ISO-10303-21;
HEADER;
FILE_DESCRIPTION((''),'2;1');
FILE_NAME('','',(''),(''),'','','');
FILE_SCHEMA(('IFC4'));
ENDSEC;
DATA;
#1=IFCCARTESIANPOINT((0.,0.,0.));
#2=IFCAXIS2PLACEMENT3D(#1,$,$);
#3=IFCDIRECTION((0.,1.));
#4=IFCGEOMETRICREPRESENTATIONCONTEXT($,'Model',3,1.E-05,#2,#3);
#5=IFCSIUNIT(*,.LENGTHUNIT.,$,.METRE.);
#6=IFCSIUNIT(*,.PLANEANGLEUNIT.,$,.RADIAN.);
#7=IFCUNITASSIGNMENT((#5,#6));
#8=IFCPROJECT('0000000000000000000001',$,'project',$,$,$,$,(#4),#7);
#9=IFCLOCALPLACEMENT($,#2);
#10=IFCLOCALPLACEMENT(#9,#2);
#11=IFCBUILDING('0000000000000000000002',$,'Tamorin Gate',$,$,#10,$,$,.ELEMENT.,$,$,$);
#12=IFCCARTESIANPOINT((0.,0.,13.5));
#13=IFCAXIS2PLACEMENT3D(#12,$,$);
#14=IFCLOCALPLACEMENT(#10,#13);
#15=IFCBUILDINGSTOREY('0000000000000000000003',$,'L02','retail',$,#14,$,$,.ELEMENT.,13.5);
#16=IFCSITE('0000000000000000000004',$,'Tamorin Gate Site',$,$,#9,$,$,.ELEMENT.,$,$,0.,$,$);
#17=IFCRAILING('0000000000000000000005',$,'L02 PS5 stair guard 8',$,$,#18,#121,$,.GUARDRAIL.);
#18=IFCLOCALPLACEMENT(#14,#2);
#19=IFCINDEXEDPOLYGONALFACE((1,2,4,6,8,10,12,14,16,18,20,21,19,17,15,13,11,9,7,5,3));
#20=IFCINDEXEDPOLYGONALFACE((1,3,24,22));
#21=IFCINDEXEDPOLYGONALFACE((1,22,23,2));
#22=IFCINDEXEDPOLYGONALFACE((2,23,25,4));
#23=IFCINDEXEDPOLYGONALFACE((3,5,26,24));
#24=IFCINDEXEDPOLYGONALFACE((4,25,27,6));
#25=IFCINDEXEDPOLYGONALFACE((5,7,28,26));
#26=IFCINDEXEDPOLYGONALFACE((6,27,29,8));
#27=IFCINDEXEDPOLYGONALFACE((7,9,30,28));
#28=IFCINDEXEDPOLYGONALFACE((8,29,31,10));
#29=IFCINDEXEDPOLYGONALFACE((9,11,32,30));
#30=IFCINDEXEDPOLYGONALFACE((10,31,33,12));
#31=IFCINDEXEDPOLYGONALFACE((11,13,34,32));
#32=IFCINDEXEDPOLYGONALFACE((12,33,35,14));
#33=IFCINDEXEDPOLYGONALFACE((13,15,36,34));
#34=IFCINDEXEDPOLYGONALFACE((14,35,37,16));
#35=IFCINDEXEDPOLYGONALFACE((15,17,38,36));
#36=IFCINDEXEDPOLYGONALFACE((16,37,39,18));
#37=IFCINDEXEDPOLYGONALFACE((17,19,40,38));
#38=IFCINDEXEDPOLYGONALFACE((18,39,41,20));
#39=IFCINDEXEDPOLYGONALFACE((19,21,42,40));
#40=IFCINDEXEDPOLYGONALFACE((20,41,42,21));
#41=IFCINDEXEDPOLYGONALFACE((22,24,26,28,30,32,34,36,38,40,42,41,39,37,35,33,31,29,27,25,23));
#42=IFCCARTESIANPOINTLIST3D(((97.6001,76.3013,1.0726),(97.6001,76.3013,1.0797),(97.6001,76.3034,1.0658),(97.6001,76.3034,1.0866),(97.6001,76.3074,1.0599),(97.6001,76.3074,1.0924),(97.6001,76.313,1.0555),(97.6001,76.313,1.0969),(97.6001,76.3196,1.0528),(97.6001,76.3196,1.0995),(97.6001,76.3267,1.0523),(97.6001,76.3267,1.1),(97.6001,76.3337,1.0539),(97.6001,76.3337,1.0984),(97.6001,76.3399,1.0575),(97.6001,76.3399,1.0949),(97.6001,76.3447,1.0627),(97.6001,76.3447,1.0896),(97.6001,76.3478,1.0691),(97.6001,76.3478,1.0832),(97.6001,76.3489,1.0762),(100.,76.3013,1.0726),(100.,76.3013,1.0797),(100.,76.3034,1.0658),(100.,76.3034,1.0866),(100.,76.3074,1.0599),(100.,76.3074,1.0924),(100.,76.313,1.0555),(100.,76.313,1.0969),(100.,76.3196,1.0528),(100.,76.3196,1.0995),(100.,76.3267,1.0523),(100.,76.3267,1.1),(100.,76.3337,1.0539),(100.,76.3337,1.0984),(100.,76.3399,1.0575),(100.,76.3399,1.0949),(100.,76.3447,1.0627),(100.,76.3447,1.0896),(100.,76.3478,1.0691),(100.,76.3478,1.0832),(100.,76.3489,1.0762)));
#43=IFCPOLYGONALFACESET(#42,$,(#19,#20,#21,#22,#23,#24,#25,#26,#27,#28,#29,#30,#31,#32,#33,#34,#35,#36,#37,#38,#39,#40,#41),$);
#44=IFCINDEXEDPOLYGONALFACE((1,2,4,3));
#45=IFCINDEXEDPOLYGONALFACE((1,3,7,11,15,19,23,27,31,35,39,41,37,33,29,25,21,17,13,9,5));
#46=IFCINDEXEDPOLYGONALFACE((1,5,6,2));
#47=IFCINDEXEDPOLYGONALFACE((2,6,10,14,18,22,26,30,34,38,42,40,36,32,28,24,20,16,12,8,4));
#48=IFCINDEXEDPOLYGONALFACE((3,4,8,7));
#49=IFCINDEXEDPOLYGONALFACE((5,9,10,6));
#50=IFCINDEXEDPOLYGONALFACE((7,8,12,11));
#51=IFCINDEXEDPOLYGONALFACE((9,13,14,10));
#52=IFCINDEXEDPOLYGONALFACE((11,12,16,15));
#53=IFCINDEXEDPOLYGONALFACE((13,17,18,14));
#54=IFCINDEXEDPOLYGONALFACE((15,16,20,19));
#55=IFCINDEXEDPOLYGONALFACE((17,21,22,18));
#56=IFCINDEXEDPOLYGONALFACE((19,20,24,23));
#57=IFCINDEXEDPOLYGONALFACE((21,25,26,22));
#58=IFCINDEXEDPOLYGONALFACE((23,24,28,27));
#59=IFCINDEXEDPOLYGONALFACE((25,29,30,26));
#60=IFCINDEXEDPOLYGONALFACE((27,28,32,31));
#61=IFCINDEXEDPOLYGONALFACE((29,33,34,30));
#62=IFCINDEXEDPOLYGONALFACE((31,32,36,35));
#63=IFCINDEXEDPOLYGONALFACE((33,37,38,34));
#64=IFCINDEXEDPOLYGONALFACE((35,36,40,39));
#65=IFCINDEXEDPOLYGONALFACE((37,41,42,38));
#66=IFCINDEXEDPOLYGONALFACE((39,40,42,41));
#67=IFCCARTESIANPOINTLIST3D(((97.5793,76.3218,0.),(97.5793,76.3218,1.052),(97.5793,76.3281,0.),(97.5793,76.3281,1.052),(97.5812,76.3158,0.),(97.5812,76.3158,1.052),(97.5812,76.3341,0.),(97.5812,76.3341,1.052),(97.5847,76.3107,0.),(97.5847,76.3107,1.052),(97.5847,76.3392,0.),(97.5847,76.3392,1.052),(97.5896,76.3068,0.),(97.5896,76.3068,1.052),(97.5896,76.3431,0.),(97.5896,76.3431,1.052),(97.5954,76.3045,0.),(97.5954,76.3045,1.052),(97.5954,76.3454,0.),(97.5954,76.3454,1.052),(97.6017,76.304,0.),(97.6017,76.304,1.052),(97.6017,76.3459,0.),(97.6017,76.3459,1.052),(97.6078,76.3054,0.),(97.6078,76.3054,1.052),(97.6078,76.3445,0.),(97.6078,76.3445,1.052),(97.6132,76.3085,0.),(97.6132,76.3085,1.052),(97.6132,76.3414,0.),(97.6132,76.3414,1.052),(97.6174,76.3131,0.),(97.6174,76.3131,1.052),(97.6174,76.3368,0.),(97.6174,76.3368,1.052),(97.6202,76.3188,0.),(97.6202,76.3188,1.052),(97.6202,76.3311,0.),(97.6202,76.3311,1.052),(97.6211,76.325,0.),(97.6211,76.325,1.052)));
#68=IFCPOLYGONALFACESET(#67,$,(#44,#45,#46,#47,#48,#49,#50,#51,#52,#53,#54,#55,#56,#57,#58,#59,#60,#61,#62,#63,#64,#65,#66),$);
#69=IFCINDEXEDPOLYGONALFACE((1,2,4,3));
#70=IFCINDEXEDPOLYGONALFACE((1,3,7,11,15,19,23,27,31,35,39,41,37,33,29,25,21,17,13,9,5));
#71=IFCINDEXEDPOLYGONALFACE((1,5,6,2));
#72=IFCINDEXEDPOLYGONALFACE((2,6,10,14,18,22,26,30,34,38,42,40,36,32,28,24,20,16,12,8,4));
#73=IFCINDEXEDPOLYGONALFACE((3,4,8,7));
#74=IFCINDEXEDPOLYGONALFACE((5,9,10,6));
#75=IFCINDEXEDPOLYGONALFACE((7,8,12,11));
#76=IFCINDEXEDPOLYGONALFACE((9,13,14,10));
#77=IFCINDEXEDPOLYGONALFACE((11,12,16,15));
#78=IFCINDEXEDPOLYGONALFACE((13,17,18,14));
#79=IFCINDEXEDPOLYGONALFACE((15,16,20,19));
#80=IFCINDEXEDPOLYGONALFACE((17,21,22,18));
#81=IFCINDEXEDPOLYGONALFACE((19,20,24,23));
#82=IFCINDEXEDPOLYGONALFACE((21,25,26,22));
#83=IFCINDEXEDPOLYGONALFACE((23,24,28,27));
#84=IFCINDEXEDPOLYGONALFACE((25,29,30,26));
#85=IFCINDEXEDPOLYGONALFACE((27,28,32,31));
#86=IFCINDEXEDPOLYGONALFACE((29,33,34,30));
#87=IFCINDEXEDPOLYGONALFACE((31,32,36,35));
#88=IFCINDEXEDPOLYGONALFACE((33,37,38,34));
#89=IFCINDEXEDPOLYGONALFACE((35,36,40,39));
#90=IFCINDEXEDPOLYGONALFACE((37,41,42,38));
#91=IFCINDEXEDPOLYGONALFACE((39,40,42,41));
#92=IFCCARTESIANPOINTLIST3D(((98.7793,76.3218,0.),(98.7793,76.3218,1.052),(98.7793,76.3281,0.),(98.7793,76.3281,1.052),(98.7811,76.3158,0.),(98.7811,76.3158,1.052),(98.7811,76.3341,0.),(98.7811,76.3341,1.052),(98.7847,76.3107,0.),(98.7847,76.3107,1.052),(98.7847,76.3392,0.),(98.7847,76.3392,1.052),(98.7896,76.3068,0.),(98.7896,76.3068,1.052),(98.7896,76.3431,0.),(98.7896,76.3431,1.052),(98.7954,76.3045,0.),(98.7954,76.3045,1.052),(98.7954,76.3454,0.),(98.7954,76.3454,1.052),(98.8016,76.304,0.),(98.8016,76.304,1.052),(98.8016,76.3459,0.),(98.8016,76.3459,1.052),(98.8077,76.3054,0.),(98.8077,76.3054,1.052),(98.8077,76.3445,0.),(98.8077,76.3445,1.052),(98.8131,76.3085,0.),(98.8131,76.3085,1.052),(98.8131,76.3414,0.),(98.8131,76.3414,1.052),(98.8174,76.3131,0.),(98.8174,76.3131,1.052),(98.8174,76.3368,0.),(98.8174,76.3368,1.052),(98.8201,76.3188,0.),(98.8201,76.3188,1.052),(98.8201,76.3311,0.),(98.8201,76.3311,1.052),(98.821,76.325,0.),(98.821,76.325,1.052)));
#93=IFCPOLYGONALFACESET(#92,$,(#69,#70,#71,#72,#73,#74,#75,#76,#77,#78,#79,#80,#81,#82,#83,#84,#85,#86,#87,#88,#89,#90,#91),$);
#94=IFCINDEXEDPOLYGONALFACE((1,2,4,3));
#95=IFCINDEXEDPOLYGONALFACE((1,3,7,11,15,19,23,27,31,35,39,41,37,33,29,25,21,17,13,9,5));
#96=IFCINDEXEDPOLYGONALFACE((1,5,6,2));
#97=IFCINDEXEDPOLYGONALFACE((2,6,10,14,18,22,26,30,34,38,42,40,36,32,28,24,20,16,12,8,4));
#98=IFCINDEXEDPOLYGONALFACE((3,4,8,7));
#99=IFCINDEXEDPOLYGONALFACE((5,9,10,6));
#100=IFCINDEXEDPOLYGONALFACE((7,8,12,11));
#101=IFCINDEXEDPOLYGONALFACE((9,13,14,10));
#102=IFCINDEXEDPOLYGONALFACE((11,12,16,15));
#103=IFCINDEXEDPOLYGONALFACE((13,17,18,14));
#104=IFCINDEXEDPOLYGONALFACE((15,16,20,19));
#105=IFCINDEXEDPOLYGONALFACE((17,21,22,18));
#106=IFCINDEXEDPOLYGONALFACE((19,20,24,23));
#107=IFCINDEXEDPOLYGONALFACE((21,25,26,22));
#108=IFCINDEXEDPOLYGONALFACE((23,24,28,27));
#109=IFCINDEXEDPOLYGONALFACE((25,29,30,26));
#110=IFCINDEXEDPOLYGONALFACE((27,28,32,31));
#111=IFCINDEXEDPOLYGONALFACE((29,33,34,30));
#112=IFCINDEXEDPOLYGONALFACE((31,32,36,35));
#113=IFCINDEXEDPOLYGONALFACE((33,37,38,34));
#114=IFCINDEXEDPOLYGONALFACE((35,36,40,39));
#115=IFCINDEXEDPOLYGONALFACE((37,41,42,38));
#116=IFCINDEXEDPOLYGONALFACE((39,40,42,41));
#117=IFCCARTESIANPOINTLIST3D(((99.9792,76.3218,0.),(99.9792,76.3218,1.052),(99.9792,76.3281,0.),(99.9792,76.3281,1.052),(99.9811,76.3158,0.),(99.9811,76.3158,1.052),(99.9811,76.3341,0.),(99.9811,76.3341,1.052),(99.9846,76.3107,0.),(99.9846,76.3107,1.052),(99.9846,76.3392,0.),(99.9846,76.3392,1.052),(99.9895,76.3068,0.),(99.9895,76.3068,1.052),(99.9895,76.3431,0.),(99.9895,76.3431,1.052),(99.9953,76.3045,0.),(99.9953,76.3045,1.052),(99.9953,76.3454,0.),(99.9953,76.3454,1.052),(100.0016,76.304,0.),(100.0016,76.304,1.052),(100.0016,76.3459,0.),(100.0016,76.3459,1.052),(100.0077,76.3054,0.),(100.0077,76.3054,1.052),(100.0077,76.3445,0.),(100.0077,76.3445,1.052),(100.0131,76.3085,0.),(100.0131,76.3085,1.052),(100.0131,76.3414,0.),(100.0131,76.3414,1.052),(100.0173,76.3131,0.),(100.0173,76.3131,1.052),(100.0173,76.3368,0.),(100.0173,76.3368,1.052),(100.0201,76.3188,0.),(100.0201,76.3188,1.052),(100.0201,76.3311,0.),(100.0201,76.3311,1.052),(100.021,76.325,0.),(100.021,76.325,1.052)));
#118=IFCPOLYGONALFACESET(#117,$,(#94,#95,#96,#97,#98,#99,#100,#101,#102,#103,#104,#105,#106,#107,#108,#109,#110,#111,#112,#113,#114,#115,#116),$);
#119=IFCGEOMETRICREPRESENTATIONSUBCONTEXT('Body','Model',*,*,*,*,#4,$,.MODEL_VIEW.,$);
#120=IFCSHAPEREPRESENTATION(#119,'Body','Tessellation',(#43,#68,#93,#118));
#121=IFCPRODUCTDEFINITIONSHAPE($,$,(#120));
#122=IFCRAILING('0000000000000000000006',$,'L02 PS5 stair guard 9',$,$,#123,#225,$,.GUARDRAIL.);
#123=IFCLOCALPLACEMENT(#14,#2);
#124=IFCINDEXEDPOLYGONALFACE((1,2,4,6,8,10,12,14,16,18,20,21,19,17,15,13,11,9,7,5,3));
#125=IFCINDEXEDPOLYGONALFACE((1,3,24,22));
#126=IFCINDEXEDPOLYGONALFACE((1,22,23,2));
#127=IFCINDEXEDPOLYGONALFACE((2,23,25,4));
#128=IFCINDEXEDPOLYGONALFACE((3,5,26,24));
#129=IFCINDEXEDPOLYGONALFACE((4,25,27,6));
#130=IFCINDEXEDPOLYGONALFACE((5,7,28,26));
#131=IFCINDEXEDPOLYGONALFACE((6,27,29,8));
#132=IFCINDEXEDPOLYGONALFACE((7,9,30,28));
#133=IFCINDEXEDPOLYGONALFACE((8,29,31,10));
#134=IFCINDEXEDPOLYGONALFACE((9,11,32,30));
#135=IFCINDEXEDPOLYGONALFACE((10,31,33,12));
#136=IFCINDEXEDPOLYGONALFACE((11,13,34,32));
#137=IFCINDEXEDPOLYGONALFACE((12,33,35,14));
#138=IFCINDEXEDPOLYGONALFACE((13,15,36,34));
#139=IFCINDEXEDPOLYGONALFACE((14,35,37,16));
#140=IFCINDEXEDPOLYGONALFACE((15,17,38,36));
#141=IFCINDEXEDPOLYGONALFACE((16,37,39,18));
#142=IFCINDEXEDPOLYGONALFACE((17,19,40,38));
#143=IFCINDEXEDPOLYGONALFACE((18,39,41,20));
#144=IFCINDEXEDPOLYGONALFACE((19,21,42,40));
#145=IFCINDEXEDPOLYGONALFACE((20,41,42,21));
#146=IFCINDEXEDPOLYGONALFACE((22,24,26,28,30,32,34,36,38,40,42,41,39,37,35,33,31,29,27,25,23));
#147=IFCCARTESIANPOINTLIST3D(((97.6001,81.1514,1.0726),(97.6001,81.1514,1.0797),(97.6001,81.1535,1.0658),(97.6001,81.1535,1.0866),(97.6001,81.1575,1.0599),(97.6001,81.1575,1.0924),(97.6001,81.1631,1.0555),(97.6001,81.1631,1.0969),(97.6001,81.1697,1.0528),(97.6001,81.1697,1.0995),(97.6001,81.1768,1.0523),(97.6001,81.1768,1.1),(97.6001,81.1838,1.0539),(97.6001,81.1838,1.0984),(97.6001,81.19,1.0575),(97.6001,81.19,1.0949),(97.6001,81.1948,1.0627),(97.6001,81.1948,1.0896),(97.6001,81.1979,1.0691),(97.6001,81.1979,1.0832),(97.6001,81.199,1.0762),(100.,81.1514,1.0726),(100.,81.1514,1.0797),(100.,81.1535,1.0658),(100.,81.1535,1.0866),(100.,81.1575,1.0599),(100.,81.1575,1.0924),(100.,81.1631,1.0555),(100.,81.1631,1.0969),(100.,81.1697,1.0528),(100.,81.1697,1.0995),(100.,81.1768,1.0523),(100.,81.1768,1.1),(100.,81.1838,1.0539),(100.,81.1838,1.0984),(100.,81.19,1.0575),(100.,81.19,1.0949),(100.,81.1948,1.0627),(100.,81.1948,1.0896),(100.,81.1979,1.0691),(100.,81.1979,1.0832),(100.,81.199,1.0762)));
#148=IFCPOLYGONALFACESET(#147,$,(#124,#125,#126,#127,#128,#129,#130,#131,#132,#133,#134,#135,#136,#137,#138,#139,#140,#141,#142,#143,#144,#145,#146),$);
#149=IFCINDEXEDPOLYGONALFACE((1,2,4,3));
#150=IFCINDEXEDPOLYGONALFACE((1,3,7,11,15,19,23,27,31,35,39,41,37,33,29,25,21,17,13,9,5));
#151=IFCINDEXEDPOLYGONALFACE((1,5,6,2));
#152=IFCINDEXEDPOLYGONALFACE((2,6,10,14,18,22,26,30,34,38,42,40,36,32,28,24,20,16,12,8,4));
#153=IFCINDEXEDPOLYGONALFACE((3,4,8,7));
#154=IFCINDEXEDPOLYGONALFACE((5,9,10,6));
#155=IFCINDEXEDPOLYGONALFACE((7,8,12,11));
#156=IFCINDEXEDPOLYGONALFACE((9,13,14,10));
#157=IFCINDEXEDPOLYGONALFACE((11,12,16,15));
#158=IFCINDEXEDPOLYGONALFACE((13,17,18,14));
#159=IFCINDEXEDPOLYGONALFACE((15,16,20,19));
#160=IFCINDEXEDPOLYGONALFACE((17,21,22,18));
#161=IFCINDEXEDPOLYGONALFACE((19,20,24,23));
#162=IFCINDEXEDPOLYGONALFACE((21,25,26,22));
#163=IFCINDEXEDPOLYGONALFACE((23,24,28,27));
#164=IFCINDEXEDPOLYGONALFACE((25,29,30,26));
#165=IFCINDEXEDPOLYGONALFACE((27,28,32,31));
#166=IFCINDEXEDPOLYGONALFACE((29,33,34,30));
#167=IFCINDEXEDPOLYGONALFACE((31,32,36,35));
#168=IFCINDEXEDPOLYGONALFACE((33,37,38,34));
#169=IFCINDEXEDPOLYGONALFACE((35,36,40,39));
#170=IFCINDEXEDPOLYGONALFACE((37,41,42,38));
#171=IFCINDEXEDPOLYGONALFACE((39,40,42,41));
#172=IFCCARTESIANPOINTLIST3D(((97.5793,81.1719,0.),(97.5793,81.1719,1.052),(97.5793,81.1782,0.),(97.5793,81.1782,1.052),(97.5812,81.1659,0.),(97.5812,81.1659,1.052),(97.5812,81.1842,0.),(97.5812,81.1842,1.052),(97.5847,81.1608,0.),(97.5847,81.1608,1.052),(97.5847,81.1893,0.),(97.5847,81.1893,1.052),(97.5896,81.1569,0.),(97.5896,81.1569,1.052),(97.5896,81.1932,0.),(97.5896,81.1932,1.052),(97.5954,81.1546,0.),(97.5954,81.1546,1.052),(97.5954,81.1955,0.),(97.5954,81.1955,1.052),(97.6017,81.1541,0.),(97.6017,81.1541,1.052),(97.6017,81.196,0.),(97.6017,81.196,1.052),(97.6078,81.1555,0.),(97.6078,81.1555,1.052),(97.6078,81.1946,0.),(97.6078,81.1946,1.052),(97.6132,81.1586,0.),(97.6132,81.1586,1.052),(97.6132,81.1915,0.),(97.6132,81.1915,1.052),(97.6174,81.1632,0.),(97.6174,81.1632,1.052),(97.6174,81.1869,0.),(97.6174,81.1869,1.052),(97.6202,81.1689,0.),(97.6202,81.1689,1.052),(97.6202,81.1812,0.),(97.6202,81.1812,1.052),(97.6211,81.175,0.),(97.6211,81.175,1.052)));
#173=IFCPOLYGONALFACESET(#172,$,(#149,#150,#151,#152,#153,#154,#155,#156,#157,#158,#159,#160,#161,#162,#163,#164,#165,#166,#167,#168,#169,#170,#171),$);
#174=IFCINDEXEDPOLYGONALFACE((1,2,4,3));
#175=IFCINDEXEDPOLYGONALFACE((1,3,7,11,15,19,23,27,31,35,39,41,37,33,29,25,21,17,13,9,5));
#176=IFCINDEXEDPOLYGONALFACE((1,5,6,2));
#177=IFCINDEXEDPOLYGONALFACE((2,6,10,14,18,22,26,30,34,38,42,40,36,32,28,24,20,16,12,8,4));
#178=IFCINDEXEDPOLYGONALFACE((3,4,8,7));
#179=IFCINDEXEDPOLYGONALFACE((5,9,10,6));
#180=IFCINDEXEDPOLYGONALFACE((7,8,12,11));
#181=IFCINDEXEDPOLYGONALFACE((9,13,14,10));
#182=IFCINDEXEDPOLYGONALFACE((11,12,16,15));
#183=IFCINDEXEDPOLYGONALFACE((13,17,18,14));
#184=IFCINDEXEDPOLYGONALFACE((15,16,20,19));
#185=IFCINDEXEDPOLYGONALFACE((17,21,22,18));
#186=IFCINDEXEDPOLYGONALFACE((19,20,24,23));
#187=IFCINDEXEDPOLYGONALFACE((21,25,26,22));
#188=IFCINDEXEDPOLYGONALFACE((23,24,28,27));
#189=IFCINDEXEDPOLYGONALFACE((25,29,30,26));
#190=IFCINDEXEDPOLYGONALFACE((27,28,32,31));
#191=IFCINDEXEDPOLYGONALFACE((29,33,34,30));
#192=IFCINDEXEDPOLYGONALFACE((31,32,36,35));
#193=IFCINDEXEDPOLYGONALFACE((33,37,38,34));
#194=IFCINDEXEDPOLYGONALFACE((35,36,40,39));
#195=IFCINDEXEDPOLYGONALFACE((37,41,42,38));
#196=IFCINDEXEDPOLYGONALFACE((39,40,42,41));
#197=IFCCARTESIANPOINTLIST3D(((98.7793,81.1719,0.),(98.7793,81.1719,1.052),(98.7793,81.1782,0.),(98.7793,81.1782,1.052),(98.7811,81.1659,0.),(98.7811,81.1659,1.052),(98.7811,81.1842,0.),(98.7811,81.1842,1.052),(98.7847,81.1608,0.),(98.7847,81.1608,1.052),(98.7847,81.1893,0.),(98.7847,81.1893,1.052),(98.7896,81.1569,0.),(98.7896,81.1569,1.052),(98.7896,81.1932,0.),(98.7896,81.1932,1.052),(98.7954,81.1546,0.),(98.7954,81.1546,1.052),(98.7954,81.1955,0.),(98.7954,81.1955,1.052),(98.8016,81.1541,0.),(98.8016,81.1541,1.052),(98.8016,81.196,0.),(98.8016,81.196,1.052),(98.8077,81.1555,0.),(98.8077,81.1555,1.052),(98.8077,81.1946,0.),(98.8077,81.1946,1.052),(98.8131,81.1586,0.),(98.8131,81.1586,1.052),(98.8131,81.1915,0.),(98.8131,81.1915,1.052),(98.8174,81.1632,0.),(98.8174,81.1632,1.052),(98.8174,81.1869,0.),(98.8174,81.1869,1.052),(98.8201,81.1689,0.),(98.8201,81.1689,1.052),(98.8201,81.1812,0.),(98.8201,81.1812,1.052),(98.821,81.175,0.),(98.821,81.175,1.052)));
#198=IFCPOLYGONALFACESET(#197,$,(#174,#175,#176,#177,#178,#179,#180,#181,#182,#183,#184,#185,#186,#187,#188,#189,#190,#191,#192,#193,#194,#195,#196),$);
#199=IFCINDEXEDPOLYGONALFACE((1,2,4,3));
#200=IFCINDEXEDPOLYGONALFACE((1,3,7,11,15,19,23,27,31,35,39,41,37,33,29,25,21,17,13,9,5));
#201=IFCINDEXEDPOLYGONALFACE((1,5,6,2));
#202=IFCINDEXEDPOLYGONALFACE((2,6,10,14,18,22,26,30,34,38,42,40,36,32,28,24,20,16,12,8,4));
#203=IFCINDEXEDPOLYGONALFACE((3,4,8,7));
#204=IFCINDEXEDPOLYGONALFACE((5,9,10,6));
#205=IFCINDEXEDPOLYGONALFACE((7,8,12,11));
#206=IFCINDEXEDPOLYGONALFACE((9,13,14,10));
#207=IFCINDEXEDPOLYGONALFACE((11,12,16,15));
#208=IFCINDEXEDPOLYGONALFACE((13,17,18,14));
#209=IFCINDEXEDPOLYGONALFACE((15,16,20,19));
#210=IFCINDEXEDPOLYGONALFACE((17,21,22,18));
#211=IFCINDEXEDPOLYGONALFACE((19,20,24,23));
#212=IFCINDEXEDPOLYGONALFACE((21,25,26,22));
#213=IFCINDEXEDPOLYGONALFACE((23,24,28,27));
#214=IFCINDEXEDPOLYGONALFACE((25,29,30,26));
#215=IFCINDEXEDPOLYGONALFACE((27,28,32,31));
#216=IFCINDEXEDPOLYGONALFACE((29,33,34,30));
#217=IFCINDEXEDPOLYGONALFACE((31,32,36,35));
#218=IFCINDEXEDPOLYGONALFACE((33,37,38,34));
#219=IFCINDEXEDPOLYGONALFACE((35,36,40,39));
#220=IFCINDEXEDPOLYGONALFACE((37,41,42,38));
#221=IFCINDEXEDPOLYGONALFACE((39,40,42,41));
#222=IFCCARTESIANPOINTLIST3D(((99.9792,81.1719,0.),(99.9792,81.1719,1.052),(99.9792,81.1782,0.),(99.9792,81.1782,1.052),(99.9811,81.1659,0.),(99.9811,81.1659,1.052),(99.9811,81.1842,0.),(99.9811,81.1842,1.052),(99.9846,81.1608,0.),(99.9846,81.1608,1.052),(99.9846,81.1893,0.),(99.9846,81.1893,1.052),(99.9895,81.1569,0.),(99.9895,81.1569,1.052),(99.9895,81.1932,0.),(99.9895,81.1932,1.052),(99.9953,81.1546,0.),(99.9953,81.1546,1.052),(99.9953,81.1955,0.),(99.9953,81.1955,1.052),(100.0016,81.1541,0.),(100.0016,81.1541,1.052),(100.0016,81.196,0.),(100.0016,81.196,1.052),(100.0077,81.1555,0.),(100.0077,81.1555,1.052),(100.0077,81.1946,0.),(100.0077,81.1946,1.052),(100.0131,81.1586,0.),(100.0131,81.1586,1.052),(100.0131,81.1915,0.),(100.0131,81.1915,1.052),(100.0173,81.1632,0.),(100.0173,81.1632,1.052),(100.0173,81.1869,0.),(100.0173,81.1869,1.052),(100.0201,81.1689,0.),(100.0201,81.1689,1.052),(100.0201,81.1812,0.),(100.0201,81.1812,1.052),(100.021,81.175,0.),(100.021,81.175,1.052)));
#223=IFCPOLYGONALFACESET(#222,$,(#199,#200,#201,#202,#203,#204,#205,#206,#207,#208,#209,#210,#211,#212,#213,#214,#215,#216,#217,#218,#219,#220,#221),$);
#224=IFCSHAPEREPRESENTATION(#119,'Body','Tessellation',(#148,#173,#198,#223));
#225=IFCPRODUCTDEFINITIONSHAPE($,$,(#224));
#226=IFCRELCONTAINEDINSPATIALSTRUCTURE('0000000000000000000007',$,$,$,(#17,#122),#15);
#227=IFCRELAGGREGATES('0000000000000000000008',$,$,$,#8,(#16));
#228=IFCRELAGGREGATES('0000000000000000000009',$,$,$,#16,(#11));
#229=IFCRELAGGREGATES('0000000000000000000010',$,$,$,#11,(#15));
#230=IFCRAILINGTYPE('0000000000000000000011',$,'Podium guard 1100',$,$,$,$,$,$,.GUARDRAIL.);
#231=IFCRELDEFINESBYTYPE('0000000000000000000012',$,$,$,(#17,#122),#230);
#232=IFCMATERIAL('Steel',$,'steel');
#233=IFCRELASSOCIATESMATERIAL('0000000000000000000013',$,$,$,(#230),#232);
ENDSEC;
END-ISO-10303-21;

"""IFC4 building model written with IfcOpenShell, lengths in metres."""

from ifc_helpers import new_model, si_unit, direction, frame, origin, origin_2d, place, context, subcontext, project, spatial, circle, extrude, material, type_object, element, save


model = new_model("IFC4")

# Units and contexts
model_context = context("Model", 3, precision=1e-05, world=origin(), true_north=direction((0.0, 1.0)))
body_context = subcontext(model_context, "Body", "Model", "MODEL_VIEW")
ifc_project = project(units=[si_unit("LENGTHUNIT", "METRE"), si_unit("PLANEANGLEUNIT", "RADIAN")], contexts=[model_context])

# Site, building, storey
site_placement = place(None, origin())
site = spatial("IfcSite", under=ifc_project, at=site_placement, Name="Tamorin Gate Site", CompositionType="ELEMENT", RefElevation=0.0)
building_placement = place(site_placement, origin())
building = spatial("IfcBuilding", under=site, at=building_placement, Name="Tamorin Gate", CompositionType="ELEMENT")
storey_placement = place(building_placement, frame((0.0, 0.0, 13.5)))
storey = spatial("IfcBuildingStorey", under=building, at=storey_placement, Name="L02", Description="retail", CompositionType="ELEMENT", Elevation=13.5)

# Railings
ifc_material_1 = material(Name="Steel", Category="steel")
railing_type = type_object("IfcRailingType", Name="Podium guard 1100", PredefinedType="GUARDRAIL", material=ifc_material_1)
for number, where, name in (
    (1, (97.6001, 76.325, 0.0), "L02 PS5 stair guard 8"),
    (2, (97.6001, 81.175, 0.0), "L02 PS5 stair guard 9"),
):
    element("IfcRailing", number, at=place(storey_placement, frame(where)), inside=storey, type_object=railing_type, Name=name, PredefinedType="GUARDRAIL", context=body_context, shape_type="SweptSolid", body=[
        extrude(circle(Radius=0.0239, at=origin_2d()), frame((0.0, 0.0, 1.0762), z_axis=(1.0, 0.0, 0.0), x_axis=(0.0, 1.0, 0.0)), (0.0, 0.0, 1.0), 2.3999),
        extrude(circle(Radius=0.021, at=origin_2d()), origin(), (0.0, 0.0, 1.0), 1.052),
        extrude(circle(Radius=0.021, at=origin_2d()), frame((1.2, 0.0, 0.0)), (0.0, 0.0, 1.0), 1.052),
        extrude(circle(Radius=0.021, at=origin_2d()), frame((2.3999, 0.0, 0.0)), (0.0, 0.0, 1.0), 1.052),
    ])

save(model, "model.ifc")
